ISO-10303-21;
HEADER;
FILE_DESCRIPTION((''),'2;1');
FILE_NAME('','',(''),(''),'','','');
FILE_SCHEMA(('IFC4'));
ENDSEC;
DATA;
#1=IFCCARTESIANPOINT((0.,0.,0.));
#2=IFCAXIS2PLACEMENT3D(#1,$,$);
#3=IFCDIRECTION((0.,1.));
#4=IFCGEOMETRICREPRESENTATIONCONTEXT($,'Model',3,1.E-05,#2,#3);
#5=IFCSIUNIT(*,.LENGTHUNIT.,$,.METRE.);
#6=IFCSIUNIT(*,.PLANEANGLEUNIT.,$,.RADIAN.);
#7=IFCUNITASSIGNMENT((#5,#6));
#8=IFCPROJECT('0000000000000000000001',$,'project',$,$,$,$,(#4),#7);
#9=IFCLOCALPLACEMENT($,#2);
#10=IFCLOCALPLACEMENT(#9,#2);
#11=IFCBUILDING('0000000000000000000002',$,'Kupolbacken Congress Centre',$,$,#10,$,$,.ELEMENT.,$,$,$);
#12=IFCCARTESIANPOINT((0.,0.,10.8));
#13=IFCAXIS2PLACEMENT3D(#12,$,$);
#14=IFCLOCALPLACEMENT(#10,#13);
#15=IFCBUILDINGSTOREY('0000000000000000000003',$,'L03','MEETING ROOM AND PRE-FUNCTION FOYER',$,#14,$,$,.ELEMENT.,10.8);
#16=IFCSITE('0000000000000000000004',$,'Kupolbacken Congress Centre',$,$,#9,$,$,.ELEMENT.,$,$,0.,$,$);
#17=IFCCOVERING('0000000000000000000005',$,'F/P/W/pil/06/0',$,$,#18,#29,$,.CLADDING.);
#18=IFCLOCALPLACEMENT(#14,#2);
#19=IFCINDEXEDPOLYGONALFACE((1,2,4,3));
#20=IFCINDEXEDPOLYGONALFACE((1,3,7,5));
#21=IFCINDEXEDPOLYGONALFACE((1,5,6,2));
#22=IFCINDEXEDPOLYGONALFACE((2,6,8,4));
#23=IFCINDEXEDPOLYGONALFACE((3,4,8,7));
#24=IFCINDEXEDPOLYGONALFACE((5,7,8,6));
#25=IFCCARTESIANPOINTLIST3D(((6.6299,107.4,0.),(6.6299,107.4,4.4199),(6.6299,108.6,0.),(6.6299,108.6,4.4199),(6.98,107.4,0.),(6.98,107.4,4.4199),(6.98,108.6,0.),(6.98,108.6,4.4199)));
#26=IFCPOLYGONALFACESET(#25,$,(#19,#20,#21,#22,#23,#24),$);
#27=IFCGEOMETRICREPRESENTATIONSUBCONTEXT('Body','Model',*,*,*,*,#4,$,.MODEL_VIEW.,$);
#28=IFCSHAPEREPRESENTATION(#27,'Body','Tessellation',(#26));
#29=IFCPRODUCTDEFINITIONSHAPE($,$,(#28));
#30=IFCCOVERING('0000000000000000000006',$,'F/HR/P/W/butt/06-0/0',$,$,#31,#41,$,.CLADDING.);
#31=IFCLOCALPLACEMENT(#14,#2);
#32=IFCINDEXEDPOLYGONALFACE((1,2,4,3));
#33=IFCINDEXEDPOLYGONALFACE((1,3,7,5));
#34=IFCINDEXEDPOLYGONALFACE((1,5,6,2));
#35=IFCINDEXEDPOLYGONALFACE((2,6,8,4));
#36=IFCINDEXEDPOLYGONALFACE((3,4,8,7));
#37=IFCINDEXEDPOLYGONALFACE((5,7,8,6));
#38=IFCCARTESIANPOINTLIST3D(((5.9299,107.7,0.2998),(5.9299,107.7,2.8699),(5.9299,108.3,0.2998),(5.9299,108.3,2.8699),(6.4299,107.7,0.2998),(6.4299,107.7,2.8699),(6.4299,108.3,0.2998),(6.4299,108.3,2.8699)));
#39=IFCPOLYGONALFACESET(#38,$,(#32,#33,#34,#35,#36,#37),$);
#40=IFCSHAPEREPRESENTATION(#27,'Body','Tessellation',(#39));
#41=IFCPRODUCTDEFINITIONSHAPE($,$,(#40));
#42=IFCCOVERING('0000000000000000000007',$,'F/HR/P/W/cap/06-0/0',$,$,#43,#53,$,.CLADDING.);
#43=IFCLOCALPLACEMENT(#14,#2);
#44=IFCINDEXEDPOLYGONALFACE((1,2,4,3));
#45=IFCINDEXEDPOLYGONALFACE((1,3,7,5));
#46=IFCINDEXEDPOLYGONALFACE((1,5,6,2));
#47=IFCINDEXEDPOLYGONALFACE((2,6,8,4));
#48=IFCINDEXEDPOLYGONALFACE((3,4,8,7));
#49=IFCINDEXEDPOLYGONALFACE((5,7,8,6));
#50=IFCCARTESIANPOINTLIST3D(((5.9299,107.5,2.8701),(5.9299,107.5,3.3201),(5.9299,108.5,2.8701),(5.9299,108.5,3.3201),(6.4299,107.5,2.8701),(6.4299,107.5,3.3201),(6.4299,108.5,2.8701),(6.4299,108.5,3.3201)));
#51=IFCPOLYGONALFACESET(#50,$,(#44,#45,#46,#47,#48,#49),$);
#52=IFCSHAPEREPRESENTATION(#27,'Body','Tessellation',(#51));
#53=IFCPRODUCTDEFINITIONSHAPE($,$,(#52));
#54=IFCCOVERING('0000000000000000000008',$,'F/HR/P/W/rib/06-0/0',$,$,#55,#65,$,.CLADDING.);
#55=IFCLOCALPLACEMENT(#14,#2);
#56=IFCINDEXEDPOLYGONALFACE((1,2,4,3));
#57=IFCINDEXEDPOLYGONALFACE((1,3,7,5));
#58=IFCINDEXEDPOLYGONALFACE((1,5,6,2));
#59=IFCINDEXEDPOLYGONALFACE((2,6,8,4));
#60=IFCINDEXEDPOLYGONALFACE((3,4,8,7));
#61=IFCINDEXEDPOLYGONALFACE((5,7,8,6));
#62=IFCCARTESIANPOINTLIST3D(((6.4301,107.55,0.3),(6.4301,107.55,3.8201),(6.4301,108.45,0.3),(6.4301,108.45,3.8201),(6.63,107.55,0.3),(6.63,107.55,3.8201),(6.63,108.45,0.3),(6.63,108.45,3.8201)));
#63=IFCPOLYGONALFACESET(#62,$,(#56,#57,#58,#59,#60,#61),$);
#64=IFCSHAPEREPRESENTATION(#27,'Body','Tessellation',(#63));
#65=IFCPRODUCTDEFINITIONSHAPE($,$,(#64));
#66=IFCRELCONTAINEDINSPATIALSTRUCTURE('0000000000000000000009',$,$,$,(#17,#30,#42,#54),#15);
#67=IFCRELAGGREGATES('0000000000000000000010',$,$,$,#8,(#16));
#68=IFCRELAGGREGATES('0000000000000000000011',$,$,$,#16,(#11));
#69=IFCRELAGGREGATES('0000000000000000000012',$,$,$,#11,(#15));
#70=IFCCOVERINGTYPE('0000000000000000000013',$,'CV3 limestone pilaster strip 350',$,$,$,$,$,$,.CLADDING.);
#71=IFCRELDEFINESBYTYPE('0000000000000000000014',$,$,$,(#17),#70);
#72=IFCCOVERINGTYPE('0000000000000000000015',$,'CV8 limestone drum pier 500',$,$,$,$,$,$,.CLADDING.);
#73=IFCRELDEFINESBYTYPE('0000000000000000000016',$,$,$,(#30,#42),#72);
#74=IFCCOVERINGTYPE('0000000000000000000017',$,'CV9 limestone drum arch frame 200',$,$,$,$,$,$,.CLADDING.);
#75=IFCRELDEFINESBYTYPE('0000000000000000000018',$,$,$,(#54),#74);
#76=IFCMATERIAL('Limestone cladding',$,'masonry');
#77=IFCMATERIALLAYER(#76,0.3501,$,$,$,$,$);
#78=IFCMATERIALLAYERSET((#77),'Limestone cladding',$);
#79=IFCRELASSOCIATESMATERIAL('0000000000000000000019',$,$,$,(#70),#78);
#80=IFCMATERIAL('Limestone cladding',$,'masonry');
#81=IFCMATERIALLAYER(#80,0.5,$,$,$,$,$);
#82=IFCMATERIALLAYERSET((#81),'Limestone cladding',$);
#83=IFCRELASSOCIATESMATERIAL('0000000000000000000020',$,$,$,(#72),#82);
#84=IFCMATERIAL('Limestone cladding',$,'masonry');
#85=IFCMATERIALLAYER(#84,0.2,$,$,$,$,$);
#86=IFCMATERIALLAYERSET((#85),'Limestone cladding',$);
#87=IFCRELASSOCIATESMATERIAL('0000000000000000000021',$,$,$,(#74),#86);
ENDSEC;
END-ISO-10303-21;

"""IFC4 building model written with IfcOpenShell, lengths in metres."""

from ifc_helpers import new_model, si_unit, direction, frame, origin, origin_2d, place, context, subcontext, project, spatial, rectangle, extrude, material, layer, layer_set, type_object, element, save


model = new_model("IFC4")

# Units and contexts
model_context = context("Model", 3, precision=1e-05, world=origin(), true_north=direction((0.0, 1.0)))
body_context = subcontext(model_context, "Body", "Model", "MODEL_VIEW")
ifc_project = project(units=[si_unit("LENGTHUNIT", "METRE"), si_unit("PLANEANGLEUNIT", "RADIAN")], contexts=[model_context])

# Site, building, storey
site_placement = place(None, origin())
site = spatial("IfcSite", under=ifc_project, at=site_placement, Name="Kupolbacken Congress Centre", CompositionType="ELEMENT", RefElevation=0.0)
building_placement = place(site_placement, origin())
building = spatial("IfcBuilding", under=site, at=building_placement, Name="Kupolbacken Congress Centre", CompositionType="ELEMENT")
storey_placement = place(building_placement, frame((0.0, 0.0, 10.8)))
storey = spatial("IfcBuildingStorey", under=building, at=storey_placement, Name="L03", Description="MEETING ROOM AND PRE-FUNCTION FOYER", CompositionType="ELEMENT", Elevation=10.8)

# Coverings
ifc_material_1 = material(Name="Limestone cladding", Category="masonry")
ifc_layer_1 = layer(ifc_material_1, 0.3501)
ifc_layer_set_1 = layer_set([ifc_layer_1], Name="Limestone cladding")
covering_type_1 = type_object("IfcCoveringType", Name="CV3 limestone pilaster strip 350", PredefinedType="CLADDING", material=ifc_layer_set_1)
covering_1_placement = place(storey_placement, frame((6.8049, 108.0, 0.0), z_axis=(0.0, 0.0, 1.0), x_axis=(0.0, 1.0, 0.0)))
element("IfcCovering", 1, at=covering_1_placement, inside=storey, type_object=covering_type_1, Name="F/P/W/pil/06/0", PredefinedType="CLADDING", context=body_context, shape_type="SweptSolid", body=[
    extrude(rectangle(XDim=1.2, YDim=0.3501, at=origin_2d()), origin(), (0.0, 0.0, 1.0), 4.4199),
])
ifc_material_2 = material(Name="Limestone cladding", Category="masonry")
ifc_layer_2 = layer(ifc_material_2, 0.5)
ifc_layer_set_2 = layer_set([ifc_layer_2], Name="Limestone cladding")
covering_type_2 = type_object("IfcCoveringType", Name="CV8 limestone drum pier 500", PredefinedType="CLADDING", material=ifc_layer_set_2)
covering_2_placement = place(storey_placement, frame((6.1799, 108.0, 0.2998), z_axis=(0.0, 0.0, 1.0), x_axis=(0.0, 1.0, 0.0)))
element("IfcCovering", 2, at=covering_2_placement, inside=storey, type_object=covering_type_2, Name="F/HR/P/W/butt/06-0/0", PredefinedType="CLADDING", context=body_context, shape_type="SweptSolid", body=[
    extrude(rectangle(XDim=0.6001, YDim=0.5, at=origin_2d()), origin(), (0.0, 0.0, 1.0), 2.5701),
])
covering_3_placement = place(storey_placement, frame((6.1799, 108.0, 2.8701), z_axis=(0.0, 0.0, 1.0), x_axis=(0.0, 1.0, 0.0)))
element("IfcCovering", 3, at=covering_3_placement, inside=storey, type_object=covering_type_2, Name="F/HR/P/W/cap/06-0/0", PredefinedType="CLADDING", context=body_context, shape_type="SweptSolid", body=[
    extrude(rectangle(XDim=1.0, YDim=0.5, at=origin_2d()), origin(), (0.0, 0.0, 1.0), 0.45),
])
ifc_material_3 = material(Name="Limestone cladding", Category="masonry")
ifc_layer_3 = layer(ifc_material_3, 0.2)
ifc_layer_set_3 = layer_set([ifc_layer_3], Name="Limestone cladding")
covering_type_3 = type_object("IfcCoveringType", Name="CV9 limestone drum arch frame 200", PredefinedType="CLADDING", material=ifc_layer_set_3)
covering_4_placement = place(storey_placement, frame((6.53, 108.0, 0.3), z_axis=(0.0, 0.0, 1.0), x_axis=(0.0, 1.0, 0.0)))
element("IfcCovering", 4, at=covering_4_placement, inside=storey, type_object=covering_type_3, Name="F/HR/P/W/rib/06-0/0", PredefinedType="CLADDING", context=body_context, shape_type="SweptSolid", body=[
    extrude(rectangle(XDim=0.8999, YDim=0.2, at=origin_2d()), origin(), (0.0, 0.0, 1.0), 3.52),
])

save(model, "model.ifc")
